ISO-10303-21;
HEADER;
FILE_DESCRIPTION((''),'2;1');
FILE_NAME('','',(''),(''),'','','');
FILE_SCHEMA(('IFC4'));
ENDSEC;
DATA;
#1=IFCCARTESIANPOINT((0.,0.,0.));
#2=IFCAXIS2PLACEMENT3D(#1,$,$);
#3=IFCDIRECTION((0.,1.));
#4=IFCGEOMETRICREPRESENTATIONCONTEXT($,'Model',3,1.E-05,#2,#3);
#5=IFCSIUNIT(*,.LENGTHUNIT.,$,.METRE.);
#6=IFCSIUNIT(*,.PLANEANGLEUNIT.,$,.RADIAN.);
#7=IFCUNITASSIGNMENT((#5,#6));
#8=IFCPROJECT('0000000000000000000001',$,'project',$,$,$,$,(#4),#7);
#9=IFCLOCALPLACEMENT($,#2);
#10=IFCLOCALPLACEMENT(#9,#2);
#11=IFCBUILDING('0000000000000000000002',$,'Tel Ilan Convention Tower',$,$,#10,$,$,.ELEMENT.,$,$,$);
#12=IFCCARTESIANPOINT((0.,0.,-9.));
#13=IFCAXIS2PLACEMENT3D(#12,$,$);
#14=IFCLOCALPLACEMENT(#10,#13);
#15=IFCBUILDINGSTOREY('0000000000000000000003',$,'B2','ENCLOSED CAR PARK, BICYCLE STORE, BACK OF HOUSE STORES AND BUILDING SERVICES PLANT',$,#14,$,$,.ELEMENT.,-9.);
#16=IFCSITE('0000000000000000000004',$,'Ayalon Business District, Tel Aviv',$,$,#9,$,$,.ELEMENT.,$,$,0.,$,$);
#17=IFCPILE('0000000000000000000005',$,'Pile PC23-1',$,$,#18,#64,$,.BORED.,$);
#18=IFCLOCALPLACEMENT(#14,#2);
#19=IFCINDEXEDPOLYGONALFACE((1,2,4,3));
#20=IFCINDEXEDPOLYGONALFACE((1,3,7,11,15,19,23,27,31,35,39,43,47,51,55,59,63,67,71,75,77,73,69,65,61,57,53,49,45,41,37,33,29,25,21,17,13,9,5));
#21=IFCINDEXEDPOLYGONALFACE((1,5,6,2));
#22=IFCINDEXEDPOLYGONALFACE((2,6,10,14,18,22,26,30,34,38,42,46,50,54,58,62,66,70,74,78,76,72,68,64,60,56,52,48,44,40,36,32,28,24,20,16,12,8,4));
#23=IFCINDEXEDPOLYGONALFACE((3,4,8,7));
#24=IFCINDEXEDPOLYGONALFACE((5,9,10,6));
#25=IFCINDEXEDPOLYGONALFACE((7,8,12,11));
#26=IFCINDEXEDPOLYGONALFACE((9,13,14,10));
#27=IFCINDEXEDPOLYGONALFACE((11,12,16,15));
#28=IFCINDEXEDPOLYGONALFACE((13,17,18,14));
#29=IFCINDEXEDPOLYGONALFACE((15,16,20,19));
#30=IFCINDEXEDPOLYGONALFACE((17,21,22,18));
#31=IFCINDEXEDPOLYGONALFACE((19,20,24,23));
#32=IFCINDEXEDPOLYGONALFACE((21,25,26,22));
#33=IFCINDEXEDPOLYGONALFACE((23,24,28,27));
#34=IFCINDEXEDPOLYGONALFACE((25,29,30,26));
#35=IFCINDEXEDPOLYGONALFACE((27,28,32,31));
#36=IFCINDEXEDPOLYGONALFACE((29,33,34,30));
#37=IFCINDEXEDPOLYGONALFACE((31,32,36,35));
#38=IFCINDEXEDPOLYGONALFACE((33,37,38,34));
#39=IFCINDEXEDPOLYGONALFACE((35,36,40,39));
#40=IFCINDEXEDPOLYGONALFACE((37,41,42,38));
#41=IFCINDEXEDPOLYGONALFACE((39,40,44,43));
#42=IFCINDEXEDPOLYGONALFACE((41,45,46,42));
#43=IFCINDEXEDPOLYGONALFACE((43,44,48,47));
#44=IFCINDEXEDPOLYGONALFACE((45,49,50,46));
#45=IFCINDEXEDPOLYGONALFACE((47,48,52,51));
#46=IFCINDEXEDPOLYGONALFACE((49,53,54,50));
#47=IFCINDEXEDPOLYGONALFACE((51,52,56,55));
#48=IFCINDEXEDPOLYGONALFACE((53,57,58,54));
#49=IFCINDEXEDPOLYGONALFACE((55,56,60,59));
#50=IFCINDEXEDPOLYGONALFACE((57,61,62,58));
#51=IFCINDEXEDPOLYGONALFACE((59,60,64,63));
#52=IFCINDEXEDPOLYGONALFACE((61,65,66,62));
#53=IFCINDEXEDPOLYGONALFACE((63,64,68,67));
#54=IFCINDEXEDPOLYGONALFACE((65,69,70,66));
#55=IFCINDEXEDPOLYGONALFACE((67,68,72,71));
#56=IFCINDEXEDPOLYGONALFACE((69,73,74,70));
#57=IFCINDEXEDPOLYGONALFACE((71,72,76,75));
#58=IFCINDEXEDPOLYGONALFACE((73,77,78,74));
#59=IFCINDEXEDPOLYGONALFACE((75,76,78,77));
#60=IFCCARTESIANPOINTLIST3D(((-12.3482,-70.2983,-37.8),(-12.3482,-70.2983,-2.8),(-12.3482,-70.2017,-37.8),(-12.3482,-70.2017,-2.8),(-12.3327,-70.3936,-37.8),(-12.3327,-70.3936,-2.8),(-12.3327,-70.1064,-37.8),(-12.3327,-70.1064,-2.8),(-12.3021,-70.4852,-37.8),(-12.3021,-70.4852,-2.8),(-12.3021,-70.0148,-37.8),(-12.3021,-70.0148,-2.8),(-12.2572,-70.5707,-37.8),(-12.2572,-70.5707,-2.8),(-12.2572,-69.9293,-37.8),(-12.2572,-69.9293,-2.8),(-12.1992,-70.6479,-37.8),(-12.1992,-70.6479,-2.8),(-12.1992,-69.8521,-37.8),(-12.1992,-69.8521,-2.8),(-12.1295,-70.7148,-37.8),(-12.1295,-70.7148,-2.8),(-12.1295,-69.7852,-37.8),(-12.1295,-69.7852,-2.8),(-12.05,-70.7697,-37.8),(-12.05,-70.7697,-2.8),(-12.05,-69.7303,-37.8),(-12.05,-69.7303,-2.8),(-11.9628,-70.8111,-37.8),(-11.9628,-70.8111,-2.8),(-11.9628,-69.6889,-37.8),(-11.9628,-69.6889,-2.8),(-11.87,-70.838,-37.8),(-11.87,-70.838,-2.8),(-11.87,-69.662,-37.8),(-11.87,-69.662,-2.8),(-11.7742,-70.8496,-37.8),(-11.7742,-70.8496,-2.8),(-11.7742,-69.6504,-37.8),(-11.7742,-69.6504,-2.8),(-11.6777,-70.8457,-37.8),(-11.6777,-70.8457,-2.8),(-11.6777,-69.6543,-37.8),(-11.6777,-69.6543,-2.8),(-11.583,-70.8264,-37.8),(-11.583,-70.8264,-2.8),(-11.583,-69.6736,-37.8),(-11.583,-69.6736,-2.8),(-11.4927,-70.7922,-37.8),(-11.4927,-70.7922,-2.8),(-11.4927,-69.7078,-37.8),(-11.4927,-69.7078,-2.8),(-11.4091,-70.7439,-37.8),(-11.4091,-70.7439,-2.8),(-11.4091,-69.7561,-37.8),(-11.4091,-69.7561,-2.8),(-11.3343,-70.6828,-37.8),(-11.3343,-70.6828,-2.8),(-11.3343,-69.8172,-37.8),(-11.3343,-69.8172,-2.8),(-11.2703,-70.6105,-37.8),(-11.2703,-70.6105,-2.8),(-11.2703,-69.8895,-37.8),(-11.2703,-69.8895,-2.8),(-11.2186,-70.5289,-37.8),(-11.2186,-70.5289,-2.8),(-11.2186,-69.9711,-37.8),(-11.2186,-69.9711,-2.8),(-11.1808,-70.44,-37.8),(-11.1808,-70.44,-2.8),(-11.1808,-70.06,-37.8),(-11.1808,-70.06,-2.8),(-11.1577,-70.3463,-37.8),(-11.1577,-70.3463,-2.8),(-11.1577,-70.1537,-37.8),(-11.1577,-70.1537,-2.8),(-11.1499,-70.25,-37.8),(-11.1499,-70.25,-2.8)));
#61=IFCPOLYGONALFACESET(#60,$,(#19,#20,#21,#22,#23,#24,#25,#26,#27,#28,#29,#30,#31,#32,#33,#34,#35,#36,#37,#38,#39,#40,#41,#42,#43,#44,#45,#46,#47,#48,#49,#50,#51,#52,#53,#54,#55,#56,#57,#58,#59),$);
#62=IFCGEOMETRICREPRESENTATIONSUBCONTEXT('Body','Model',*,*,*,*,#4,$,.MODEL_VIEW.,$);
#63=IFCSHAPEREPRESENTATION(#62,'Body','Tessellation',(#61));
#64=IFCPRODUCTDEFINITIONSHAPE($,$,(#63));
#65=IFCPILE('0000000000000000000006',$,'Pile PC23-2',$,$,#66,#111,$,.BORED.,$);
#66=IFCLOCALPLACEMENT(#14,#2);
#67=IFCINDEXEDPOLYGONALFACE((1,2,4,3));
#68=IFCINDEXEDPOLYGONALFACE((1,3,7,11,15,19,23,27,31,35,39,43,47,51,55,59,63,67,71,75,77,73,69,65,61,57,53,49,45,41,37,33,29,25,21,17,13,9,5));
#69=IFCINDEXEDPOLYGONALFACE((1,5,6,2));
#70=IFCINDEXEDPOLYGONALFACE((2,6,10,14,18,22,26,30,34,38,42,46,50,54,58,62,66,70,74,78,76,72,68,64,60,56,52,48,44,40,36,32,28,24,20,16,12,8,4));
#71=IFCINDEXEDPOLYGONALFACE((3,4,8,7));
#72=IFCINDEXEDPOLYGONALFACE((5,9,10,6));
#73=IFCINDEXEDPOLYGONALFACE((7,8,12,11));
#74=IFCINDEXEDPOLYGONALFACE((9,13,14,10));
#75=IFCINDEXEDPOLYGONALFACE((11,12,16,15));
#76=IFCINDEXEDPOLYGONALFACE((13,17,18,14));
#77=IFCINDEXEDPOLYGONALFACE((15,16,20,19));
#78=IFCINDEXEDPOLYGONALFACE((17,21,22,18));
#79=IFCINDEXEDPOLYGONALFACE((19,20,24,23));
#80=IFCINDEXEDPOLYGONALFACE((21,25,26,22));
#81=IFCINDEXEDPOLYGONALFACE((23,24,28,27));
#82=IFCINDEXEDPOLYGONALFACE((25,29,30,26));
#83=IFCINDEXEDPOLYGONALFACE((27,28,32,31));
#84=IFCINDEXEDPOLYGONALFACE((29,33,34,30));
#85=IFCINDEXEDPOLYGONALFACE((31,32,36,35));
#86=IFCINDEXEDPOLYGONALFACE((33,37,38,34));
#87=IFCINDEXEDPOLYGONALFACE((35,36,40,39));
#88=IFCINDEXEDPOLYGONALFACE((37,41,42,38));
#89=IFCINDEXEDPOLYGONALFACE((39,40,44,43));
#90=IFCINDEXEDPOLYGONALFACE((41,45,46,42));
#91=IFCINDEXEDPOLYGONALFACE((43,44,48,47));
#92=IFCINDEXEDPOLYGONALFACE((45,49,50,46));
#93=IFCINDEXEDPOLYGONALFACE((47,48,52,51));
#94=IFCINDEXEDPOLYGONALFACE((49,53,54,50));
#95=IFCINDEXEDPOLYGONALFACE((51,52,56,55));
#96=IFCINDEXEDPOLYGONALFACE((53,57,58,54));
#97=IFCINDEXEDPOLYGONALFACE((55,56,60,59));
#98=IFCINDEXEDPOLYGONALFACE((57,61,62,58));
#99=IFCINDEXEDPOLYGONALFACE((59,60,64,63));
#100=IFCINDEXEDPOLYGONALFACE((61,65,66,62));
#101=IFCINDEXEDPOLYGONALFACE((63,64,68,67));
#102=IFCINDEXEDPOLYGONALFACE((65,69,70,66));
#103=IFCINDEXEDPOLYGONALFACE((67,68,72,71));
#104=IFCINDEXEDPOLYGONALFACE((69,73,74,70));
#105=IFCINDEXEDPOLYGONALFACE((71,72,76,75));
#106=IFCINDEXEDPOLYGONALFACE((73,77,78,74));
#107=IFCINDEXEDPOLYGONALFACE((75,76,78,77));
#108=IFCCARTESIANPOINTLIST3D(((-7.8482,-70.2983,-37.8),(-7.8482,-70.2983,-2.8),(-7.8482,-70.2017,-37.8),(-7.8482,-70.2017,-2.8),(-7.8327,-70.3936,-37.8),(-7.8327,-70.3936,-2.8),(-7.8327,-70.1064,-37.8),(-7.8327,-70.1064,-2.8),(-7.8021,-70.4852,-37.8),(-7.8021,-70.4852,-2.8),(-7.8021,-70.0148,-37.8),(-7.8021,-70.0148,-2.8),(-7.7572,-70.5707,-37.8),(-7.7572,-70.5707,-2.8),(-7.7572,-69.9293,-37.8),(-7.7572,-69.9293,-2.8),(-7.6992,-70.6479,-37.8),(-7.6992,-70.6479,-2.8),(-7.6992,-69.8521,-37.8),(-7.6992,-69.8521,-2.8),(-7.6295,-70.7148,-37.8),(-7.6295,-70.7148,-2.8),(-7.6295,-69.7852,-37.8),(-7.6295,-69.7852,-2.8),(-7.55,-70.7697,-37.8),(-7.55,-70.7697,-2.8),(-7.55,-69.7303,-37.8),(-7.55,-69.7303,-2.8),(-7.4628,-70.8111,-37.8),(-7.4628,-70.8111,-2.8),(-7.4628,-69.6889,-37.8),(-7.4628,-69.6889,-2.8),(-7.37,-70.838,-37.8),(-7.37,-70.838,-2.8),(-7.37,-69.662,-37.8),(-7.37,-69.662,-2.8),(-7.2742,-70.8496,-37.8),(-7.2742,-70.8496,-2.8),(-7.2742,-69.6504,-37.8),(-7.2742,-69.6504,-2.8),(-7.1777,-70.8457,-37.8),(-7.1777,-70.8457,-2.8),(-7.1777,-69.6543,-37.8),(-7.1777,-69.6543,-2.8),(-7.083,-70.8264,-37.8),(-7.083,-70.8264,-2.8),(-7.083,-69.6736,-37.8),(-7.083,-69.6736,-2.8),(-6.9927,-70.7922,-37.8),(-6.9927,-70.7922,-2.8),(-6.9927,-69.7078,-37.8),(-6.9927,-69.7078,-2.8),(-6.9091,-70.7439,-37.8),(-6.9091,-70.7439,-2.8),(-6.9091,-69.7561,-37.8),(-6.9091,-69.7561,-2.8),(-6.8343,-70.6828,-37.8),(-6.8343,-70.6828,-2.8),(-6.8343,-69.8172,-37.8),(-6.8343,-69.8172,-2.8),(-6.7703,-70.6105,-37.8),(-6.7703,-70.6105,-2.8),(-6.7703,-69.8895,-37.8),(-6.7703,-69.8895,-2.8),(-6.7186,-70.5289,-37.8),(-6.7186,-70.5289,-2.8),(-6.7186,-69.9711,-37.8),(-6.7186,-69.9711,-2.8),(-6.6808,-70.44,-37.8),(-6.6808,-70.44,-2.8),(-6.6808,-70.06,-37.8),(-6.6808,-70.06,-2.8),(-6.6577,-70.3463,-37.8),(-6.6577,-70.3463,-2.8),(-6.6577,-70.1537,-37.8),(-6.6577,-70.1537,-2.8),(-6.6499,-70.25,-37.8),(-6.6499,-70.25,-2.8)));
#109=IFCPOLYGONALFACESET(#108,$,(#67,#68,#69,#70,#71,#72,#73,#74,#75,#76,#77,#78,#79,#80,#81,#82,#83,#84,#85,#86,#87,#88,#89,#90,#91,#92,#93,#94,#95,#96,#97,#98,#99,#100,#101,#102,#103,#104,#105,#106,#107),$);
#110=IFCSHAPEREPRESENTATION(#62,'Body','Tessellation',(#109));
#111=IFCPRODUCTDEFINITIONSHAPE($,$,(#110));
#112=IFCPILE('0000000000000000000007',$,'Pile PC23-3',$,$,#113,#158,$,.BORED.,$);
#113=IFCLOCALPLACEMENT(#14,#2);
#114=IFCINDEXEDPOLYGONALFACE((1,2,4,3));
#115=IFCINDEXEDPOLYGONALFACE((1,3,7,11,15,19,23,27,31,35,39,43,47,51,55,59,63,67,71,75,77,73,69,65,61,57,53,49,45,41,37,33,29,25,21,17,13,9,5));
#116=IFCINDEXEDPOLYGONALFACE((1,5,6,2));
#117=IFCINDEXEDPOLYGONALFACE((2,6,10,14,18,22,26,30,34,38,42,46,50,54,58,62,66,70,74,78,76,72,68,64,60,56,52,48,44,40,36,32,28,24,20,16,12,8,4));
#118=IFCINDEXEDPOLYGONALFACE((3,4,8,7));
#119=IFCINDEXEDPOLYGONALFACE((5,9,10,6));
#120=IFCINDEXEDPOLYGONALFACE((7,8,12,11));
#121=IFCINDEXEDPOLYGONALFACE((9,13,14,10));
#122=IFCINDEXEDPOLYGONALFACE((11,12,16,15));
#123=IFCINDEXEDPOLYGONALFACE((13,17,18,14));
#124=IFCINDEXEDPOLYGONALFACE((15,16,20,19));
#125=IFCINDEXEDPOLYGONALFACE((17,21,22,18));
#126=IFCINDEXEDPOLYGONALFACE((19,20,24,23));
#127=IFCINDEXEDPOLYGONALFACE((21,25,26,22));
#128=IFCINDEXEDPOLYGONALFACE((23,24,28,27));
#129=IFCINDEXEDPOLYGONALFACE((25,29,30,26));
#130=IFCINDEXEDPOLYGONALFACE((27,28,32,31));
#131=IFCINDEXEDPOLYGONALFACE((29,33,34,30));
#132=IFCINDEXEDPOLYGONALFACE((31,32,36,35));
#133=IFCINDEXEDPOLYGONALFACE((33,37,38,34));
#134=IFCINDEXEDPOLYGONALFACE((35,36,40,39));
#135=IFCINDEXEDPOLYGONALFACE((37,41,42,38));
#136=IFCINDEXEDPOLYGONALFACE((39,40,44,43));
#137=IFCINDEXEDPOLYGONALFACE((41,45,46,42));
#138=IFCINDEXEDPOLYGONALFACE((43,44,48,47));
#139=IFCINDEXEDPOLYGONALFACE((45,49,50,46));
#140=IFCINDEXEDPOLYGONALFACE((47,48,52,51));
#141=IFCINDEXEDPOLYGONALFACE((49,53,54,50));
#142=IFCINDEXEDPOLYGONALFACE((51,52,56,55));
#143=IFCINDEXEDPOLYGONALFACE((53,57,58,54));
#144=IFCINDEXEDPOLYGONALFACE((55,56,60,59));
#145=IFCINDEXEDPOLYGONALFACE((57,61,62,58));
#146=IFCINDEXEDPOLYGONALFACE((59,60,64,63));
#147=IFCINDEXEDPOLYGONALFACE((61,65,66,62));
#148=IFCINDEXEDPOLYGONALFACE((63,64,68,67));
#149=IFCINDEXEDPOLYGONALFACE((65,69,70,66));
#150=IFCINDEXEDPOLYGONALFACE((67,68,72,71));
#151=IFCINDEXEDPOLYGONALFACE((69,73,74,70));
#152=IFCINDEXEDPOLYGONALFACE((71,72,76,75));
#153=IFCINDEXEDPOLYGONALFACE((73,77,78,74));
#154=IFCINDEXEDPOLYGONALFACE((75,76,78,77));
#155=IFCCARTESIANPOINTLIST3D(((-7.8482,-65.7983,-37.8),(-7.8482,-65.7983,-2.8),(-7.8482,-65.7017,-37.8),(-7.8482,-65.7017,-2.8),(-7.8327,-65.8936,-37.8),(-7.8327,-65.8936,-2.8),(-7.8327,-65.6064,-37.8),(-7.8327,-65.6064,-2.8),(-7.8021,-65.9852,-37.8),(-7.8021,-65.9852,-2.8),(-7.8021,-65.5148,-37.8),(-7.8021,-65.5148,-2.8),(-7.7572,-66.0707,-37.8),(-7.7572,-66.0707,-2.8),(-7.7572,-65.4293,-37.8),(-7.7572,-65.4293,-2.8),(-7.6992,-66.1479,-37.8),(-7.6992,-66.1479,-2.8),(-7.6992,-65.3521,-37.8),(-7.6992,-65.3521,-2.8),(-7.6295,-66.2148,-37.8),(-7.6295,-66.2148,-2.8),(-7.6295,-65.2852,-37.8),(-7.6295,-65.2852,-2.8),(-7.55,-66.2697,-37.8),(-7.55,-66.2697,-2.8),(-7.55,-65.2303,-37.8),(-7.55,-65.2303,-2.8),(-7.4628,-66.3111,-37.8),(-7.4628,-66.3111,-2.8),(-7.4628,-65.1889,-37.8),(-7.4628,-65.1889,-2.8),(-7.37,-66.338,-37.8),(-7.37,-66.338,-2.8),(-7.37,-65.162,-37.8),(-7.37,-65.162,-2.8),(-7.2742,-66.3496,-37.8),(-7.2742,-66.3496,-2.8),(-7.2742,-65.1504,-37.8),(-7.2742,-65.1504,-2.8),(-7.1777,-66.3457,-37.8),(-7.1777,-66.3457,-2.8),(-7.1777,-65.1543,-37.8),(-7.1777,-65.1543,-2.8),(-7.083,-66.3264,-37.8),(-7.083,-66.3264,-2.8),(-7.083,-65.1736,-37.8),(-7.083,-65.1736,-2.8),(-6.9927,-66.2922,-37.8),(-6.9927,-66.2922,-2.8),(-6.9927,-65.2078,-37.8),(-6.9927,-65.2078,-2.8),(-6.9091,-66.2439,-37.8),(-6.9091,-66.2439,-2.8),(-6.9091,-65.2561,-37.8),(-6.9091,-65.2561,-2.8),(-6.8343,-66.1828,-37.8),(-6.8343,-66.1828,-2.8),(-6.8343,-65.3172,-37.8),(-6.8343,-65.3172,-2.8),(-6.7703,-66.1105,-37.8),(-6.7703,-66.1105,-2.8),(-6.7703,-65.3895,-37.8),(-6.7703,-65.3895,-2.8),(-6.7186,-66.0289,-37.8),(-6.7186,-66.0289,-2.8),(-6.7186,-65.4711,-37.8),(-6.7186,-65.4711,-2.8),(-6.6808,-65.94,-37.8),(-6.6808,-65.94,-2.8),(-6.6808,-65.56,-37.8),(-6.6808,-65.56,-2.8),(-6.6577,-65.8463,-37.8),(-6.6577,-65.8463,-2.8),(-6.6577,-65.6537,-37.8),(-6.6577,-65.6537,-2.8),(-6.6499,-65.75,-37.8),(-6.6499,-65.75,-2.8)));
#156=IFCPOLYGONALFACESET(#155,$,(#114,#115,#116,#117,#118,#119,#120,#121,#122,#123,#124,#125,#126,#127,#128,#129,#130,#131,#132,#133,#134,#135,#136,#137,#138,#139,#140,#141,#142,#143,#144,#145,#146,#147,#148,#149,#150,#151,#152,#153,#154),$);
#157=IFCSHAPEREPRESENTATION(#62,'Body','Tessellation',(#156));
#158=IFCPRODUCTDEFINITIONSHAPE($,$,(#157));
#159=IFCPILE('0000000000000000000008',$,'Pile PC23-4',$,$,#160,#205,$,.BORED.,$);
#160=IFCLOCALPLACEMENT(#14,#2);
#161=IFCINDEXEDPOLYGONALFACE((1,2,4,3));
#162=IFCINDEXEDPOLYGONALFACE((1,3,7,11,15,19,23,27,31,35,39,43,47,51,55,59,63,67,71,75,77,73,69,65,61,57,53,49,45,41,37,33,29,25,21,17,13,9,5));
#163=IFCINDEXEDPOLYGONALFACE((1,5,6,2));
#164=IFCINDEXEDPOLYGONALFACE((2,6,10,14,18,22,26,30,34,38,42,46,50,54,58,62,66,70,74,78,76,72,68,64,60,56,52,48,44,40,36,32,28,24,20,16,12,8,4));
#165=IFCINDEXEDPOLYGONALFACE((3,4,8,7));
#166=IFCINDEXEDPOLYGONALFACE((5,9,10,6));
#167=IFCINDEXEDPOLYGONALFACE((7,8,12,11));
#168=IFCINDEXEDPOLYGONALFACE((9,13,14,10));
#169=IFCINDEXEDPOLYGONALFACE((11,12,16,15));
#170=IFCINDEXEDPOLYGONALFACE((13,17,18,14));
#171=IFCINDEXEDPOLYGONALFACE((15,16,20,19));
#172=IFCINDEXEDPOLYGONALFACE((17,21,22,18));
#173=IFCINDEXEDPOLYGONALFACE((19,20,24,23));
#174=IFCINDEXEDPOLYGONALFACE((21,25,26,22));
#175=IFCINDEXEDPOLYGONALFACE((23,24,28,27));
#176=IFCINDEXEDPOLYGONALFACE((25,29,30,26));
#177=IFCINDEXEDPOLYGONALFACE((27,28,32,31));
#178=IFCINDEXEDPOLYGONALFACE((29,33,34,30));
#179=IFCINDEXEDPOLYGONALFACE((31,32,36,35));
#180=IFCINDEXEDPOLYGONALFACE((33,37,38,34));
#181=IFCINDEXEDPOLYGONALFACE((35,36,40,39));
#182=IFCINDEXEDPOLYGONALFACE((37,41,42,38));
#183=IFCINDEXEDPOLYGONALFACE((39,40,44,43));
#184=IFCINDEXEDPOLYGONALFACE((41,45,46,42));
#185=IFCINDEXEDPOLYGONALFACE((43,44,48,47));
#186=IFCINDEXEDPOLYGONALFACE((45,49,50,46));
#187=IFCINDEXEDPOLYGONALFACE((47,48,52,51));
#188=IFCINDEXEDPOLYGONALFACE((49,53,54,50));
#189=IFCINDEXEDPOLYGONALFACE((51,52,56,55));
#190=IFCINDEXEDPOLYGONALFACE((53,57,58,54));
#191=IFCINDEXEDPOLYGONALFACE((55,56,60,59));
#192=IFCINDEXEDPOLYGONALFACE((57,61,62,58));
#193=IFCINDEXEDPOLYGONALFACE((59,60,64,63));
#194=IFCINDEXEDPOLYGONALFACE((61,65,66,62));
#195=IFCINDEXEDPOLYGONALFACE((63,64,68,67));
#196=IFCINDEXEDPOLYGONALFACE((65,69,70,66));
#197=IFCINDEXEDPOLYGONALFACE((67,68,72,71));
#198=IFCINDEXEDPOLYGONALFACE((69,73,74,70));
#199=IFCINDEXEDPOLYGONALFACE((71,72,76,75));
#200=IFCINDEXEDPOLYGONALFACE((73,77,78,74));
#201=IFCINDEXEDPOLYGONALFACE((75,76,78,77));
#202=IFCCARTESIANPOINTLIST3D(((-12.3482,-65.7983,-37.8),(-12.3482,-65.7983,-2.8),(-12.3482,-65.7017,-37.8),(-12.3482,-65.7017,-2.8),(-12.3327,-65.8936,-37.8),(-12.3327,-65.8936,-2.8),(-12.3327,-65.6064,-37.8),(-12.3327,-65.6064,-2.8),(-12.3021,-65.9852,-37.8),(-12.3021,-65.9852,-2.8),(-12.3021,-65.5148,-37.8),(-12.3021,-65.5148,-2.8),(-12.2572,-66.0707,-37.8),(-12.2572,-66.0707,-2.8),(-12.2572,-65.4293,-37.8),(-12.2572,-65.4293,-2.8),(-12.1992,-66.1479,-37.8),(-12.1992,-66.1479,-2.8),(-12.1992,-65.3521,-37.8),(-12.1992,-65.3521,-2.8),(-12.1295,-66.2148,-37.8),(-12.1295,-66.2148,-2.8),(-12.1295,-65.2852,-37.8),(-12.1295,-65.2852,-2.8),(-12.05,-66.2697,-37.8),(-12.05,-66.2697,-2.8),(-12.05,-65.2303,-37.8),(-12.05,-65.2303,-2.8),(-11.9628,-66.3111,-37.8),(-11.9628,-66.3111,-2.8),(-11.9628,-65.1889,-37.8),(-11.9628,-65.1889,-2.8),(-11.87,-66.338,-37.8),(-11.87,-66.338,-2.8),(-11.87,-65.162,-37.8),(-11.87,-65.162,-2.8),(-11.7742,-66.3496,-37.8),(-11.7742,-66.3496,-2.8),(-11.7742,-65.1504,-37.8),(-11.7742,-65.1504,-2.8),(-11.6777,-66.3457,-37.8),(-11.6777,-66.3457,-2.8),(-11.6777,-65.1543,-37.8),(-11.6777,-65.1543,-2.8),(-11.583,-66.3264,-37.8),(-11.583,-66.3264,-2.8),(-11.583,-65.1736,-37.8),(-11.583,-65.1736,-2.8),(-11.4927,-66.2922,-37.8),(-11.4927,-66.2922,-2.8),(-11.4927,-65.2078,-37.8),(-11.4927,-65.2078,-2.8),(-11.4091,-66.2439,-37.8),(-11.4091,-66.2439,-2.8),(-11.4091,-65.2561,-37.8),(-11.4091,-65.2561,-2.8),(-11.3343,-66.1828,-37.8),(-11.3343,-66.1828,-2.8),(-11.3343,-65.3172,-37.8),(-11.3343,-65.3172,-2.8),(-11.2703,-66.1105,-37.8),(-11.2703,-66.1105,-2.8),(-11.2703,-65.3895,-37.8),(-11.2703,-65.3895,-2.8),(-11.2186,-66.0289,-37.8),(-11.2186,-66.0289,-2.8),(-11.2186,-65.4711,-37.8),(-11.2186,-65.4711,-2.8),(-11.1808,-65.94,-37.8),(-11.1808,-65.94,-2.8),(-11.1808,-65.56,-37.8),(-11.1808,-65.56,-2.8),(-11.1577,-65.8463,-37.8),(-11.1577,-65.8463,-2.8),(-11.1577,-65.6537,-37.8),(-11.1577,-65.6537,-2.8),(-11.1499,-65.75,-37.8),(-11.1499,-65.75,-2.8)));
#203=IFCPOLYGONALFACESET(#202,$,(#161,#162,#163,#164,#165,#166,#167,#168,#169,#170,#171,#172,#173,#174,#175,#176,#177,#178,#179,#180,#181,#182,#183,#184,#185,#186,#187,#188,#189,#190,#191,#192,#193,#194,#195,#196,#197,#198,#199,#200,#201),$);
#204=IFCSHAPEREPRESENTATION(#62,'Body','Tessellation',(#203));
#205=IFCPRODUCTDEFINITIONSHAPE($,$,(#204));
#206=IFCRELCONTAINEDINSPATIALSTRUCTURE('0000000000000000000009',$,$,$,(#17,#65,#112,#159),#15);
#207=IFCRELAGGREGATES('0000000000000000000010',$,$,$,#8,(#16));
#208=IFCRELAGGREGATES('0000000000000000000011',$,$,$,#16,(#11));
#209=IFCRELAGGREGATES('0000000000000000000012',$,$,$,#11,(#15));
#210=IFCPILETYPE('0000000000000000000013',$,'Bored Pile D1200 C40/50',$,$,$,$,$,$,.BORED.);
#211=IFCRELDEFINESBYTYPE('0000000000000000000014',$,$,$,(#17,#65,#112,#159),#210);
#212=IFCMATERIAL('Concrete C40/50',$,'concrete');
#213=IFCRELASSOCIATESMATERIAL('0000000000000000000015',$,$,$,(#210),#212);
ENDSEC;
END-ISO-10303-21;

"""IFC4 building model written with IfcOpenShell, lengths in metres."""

from ifc_helpers import new_model, si_unit, direction, frame, origin, origin_2d, place, context, subcontext, project, spatial, circle, extrude, material, material_profile, profile_set, type_object, element, save


model = new_model("IFC4")

# Units and contexts
model_context = context("Model", 3, precision=1e-05, world=origin(), true_north=direction((0.0, 1.0)))
body_context = subcontext(model_context, "Body", "Model", "MODEL_VIEW")
ifc_project = project(units=[si_unit("LENGTHUNIT", "METRE"), si_unit("PLANEANGLEUNIT", "RADIAN")], contexts=[model_context])

# Site, building, storey
site_placement = place(None, origin())
site = spatial("IfcSite", under=ifc_project, at=site_placement, Name="Ayalon Business District, Tel Aviv", CompositionType="ELEMENT", RefElevation=0.0)
building_placement = place(site_placement, origin())
building = spatial("IfcBuilding", under=site, at=building_placement, Name="Tel Ilan Convention Tower", CompositionType="ELEMENT")
storey_placement = place(building_placement, frame((0.0, 0.0, -9.0)))
storey = spatial("IfcBuildingStorey", under=building, at=storey_placement, Name="B2", Description="ENCLOSED CAR PARK, BICYCLE STORE, BACK OF HOUSE STORES AND BUILDING SERVICES PLANT", CompositionType="ELEMENT", Elevation=-9.0)

# Piles
ifc_material_1 = material(Name="Concrete C40/50", Category="concrete")
ifc_material_profile_1 = material_profile(ifc_material_1, circle(Radius=0.6001, at=origin_2d()), Name="BORED D1200")
ifc_profile_set_1 = profile_set([ifc_material_profile_1], Name="Concrete C40/50")
pile_type = type_object("IfcPileType", Name="Bored Pile D1200 C40/50", PredefinedType="BORED", material=ifc_profile_set_1)
for number, where, z_axis, x_axis, name in (
    (1, (-11.75, -70.25, -2.8), (0.0, 0.0, -1.0), (1.0, 0.0, 0.0), "Pile PC23-1"),
    (2, (-7.25, -70.25, -2.8), (0.0, 0.0, -1.0), (1.0, 0.0, 0.0), "Pile PC23-2"),
    (3, (-7.25, -65.75, -2.8), (0.0, 0.0, -1.0), (1.0, 0.0, 0.0), "Pile PC23-3"),
    (4, (-11.75, -65.75, -2.8), (0.0, 0.0, -1.0), (1.0, 0.0, 0.0), "Pile PC23-4"),
):
    element("IfcPile", number, at=place(storey_placement, frame(where, z_axis=z_axis, x_axis=x_axis)), inside=storey, type_object=pile_type, Name=name, PredefinedType="BORED", context=body_context, shape_type="SweptSolid", body=[
        extrude(circle(Radius=0.6001, at=origin_2d()), origin(), (0.0, 0.0, 1.0), 35.0),
    ])

save(model, "model.ifc")
